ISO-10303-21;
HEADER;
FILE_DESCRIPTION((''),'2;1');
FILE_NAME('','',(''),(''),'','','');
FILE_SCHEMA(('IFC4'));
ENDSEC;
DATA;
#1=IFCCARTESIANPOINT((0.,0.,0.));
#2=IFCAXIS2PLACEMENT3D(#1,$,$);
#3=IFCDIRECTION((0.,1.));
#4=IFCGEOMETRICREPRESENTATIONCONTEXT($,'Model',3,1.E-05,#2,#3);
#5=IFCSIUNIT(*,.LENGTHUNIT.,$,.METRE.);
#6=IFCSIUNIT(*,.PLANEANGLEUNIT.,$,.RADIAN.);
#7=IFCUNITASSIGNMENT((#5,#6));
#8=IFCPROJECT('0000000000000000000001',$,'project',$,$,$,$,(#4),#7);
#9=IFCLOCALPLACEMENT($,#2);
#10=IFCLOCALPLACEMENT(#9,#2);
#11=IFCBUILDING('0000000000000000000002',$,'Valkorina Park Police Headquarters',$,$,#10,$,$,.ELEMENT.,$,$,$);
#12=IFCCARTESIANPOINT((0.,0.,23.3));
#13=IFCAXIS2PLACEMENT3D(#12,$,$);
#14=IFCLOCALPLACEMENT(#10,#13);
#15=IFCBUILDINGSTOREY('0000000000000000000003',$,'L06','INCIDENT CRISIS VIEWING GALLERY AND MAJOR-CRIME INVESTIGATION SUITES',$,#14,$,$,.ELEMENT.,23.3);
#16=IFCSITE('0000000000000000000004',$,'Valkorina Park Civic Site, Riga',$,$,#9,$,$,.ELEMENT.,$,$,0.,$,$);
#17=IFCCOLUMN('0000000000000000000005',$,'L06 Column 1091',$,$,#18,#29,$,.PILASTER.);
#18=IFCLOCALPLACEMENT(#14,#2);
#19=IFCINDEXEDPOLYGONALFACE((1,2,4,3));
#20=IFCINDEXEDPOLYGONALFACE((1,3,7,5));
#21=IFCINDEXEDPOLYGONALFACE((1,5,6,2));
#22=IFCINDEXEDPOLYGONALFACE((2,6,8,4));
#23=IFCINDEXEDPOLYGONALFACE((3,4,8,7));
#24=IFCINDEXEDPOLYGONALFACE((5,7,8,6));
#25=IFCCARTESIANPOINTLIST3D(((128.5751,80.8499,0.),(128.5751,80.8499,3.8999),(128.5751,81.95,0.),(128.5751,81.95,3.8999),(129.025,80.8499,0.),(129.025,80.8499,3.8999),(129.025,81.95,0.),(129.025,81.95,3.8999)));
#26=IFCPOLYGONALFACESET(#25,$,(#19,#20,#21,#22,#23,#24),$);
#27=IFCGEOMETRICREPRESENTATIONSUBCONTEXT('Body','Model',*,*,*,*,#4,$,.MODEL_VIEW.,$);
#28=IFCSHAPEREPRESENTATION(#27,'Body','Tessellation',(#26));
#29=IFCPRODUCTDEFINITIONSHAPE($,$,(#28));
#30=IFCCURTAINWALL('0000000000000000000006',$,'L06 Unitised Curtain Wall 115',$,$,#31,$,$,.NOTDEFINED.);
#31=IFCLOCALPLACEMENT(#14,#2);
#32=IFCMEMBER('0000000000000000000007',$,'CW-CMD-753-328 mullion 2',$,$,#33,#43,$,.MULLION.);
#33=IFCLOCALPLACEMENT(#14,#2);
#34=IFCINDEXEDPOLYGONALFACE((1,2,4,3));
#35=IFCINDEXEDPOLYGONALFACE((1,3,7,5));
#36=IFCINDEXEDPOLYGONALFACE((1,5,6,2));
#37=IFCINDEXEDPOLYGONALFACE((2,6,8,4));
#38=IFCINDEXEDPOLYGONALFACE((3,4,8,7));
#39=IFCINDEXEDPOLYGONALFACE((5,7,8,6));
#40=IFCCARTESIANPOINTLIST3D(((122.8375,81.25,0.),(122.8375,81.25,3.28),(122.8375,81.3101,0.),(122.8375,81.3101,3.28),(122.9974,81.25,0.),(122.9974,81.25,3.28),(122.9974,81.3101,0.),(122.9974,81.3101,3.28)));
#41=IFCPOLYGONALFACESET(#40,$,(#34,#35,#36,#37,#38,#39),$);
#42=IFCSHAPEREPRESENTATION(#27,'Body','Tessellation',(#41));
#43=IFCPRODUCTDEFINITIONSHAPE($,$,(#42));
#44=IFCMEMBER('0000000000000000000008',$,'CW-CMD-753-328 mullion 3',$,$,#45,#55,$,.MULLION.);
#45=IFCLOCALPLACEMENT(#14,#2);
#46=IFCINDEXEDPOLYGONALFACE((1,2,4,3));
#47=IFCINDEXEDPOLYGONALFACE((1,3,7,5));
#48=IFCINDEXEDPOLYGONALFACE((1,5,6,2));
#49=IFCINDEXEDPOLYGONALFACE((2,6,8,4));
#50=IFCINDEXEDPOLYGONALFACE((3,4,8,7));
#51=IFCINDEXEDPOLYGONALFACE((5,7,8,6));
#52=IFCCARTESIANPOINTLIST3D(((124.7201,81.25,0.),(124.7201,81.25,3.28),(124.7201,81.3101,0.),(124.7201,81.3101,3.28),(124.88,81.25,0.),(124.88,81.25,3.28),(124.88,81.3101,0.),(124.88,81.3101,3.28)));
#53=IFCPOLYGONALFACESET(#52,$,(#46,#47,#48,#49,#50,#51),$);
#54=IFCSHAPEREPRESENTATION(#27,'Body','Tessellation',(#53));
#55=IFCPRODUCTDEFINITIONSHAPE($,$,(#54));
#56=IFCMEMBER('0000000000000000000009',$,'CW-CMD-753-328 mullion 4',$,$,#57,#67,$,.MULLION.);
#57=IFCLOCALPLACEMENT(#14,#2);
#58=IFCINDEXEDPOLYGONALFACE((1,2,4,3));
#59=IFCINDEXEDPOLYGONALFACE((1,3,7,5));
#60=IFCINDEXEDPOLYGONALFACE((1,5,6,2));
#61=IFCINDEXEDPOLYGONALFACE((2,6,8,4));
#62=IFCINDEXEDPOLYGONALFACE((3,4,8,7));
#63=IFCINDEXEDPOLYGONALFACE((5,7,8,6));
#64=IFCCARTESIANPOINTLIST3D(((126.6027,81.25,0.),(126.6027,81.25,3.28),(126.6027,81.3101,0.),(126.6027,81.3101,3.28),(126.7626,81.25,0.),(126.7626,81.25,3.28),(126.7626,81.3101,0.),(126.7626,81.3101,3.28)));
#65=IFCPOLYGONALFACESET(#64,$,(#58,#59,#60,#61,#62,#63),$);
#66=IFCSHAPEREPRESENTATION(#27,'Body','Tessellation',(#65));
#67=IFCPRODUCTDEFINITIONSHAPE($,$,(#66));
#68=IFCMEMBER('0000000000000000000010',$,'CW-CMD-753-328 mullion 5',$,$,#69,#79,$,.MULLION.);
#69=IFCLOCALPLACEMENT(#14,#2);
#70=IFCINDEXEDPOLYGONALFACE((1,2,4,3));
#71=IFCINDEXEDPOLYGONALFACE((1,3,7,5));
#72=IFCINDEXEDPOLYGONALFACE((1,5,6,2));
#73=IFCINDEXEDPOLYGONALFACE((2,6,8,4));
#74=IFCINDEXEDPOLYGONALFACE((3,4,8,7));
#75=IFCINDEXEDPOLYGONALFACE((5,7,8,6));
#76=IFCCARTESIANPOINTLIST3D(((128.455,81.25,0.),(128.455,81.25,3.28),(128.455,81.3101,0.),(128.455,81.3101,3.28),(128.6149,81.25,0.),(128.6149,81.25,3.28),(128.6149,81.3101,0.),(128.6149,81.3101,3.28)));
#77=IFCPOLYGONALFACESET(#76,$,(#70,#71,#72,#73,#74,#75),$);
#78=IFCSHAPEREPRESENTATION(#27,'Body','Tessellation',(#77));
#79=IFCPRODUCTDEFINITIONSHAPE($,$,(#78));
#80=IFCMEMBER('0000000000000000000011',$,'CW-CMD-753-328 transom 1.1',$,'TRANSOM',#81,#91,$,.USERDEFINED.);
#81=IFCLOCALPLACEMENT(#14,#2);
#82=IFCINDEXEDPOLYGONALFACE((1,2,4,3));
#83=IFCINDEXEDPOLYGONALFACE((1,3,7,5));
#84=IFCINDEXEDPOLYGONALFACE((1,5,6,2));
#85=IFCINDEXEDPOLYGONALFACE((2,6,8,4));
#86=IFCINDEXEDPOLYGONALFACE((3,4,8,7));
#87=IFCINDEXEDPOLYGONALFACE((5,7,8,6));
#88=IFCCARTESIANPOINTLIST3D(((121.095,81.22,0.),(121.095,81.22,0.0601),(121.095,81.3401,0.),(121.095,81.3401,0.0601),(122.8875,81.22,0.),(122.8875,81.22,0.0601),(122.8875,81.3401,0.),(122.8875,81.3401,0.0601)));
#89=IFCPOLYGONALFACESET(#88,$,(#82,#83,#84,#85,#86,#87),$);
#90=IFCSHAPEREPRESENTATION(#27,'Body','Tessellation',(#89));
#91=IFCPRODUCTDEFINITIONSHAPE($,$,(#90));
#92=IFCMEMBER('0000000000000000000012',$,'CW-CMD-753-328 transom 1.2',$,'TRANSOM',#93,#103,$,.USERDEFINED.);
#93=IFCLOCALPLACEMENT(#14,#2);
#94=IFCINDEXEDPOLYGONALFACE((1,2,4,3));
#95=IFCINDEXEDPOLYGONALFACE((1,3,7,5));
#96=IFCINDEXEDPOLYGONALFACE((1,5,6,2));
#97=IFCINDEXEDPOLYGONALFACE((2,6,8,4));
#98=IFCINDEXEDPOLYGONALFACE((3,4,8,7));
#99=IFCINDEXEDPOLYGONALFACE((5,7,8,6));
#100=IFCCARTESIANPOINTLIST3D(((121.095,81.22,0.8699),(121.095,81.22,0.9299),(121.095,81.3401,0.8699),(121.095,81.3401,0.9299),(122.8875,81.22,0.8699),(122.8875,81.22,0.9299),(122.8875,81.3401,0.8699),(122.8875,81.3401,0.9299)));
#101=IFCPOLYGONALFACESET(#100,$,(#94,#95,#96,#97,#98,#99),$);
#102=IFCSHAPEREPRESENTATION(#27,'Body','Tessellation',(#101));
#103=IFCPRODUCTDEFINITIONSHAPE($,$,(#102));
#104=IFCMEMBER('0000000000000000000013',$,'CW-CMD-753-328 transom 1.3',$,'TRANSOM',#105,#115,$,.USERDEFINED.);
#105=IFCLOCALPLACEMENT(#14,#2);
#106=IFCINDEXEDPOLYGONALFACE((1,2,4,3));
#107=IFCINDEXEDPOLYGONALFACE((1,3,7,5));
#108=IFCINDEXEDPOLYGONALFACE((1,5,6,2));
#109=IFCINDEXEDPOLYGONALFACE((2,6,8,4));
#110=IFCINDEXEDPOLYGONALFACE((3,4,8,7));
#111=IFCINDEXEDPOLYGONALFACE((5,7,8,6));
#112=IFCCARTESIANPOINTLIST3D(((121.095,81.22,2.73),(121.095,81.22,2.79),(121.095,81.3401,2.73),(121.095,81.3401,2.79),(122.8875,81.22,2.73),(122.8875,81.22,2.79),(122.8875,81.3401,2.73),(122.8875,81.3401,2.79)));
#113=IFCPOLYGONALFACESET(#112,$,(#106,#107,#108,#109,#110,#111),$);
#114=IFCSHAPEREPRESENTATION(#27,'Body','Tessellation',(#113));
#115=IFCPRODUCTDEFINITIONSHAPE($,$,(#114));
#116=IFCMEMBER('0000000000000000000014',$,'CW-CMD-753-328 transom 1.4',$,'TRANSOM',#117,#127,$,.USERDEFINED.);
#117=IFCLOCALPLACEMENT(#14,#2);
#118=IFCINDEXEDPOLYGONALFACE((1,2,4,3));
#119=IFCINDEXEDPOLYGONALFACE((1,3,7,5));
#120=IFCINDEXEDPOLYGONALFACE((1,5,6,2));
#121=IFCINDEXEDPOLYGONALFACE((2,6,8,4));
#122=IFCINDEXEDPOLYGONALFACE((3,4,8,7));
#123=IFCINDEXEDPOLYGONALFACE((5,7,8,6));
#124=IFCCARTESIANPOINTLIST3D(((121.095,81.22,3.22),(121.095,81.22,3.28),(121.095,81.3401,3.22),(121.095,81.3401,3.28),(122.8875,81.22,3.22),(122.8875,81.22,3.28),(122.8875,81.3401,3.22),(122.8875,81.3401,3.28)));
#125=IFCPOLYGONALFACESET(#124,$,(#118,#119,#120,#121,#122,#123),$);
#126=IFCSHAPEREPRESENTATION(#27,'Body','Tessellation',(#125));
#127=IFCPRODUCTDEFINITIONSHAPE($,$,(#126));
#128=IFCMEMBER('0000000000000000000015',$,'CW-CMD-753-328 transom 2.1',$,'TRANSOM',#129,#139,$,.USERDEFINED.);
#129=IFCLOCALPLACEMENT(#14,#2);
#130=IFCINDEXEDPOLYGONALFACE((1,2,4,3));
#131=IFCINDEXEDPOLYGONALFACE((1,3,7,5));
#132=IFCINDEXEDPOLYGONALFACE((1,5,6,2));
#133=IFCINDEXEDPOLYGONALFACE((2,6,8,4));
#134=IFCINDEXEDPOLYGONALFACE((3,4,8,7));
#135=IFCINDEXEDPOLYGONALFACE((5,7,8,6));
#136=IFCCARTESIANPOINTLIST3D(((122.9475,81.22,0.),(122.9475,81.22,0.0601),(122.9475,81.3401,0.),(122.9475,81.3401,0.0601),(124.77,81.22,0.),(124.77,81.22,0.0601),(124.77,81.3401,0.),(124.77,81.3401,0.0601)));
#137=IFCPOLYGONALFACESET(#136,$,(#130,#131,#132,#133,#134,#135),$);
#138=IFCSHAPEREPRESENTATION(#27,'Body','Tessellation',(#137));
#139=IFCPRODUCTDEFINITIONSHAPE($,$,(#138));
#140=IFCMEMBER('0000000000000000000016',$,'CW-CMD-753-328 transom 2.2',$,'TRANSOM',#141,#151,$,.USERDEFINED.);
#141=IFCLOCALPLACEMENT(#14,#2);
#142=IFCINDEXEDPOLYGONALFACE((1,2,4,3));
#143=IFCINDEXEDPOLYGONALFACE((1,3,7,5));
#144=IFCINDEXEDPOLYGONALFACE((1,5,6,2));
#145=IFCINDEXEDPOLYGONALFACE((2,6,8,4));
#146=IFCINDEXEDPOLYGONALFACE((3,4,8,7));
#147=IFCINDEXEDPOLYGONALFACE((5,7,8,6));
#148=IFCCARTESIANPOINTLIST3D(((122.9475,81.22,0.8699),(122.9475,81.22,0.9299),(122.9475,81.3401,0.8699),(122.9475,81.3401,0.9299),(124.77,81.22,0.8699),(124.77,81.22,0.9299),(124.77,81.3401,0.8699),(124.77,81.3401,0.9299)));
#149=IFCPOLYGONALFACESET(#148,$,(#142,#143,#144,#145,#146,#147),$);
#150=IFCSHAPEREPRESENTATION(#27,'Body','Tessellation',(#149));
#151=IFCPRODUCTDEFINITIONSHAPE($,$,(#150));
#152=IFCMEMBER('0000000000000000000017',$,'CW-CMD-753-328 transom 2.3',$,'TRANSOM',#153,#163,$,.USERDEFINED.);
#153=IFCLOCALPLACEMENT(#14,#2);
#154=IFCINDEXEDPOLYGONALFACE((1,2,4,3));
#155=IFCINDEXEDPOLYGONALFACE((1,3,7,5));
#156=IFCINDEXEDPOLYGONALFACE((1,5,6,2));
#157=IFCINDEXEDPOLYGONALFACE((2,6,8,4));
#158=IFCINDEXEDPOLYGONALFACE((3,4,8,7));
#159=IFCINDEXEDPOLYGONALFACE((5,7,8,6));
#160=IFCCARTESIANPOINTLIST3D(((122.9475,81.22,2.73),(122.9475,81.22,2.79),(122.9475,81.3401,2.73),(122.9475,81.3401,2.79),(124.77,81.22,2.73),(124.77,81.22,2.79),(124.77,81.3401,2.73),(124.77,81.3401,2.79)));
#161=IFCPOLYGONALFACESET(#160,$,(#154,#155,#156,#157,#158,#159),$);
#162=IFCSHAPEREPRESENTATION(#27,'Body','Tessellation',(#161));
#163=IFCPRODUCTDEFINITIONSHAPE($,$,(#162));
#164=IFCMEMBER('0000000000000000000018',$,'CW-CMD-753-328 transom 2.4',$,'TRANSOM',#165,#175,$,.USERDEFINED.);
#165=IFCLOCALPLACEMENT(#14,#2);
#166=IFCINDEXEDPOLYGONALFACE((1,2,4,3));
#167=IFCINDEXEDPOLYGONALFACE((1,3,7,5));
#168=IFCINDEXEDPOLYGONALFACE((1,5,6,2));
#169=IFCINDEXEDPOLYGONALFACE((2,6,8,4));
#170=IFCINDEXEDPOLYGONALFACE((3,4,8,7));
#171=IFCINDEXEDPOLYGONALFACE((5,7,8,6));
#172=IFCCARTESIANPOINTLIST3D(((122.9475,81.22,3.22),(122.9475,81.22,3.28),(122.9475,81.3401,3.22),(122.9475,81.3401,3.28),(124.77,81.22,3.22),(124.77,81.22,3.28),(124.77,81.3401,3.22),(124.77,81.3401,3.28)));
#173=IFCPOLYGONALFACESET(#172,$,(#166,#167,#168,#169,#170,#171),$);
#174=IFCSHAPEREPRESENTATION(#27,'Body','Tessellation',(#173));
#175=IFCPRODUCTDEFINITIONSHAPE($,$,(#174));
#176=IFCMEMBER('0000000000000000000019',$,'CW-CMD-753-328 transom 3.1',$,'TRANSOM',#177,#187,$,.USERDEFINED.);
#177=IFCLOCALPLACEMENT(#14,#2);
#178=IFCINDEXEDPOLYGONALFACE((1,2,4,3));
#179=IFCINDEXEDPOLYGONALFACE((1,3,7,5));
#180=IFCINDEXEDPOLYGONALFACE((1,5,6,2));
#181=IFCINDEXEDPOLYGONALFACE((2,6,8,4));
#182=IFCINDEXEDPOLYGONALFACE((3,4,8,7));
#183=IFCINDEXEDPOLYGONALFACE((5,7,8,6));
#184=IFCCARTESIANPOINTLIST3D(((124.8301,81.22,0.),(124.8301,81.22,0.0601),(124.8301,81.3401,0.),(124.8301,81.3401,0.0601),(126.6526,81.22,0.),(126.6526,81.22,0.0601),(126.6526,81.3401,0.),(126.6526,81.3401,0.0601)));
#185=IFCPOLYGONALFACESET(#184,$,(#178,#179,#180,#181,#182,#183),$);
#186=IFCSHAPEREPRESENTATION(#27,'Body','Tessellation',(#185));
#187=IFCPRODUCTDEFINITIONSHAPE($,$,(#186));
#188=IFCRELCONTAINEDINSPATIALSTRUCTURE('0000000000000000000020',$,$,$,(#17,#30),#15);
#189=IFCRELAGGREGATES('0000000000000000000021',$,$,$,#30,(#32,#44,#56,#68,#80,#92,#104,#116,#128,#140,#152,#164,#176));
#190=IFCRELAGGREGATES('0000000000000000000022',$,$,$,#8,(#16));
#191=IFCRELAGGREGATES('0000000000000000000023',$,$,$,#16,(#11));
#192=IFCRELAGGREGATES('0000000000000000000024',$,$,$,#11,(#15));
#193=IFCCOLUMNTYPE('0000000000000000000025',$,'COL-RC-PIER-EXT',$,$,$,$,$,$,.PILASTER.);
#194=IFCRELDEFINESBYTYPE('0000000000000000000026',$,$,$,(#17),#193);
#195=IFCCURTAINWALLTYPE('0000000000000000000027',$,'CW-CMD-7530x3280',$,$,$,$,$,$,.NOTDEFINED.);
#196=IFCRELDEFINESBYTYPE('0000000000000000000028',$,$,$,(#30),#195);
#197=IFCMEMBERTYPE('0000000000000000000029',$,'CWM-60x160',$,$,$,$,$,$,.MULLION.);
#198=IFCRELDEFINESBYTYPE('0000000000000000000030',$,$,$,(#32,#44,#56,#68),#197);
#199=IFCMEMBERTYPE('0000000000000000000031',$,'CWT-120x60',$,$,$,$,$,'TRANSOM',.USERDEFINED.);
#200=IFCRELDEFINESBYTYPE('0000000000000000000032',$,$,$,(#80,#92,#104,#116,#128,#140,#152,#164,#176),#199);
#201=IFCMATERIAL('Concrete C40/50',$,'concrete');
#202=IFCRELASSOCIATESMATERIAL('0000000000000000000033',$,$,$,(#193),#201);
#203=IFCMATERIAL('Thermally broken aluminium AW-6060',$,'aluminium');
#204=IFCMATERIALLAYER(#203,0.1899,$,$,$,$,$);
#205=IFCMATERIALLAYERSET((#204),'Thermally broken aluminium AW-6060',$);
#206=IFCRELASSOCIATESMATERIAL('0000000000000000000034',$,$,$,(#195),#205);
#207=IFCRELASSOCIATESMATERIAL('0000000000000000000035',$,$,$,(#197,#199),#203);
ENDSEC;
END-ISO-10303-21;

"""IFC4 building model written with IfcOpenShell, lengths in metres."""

from ifc_helpers import new_model, si_unit, direction, frame, origin, origin_2d, place, context, subcontext, project, spatial, rectangle, extrude, material, layer, layer_set, material_profile, profile_set, type_object, element, aggregate, save


model = new_model("IFC4")

# Units and contexts
model_context = context("Model", 3, precision=1e-05, world=origin(), true_north=direction((0.0, 1.0)))
body_context = subcontext(model_context, "Body", "Model", "MODEL_VIEW")
ifc_project = project(units=[si_unit("LENGTHUNIT", "METRE"), si_unit("PLANEANGLEUNIT", "RADIAN")], contexts=[model_context])

# Site, building, storey
site_placement = place(None, origin())
site = spatial("IfcSite", under=ifc_project, at=site_placement, Name="Valkorina Park Civic Site, Riga", CompositionType="ELEMENT", RefElevation=0.0)
building_placement = place(site_placement, origin())
building = spatial("IfcBuilding", under=site, at=building_placement, Name="Valkorina Park Police Headquarters", CompositionType="ELEMENT")
storey_placement = place(building_placement, frame((0.0, 0.0, 23.3)))
storey = spatial("IfcBuildingStorey", under=building, at=storey_placement, Name="L06", Description="INCIDENT CRISIS VIEWING GALLERY AND MAJOR-CRIME INVESTIGATION SUITES", CompositionType="ELEMENT", Elevation=23.3)

# Column
ifc_material_1 = material(Name="Concrete C40/50", Category="concrete")
ifc_material_profile_1 = material_profile(ifc_material_1, rectangle(XDim=0.45, YDim=1.1001, at=origin_2d()), Name="RC PIER 450x1100")
ifc_profile_set_1 = profile_set([ifc_material_profile_1], Name="Concrete C40/50")
column_type = type_object("IfcColumnType", Name="COL-RC-PIER-EXT", PredefinedType="PILASTER", material=ifc_profile_set_1)
column_placement = place(storey_placement, frame((128.8, 81.3999, 0.0), z_axis=(0.0, 0.0, 1.0), x_axis=(1.0, 0.0, 0.0)))
element("IfcColumn", 1, at=column_placement, inside=storey, type_object=column_type, Name="L06 Column 1091", PredefinedType="PILASTER", context=body_context, shape_type="SweptSolid", body=[
    extrude(rectangle(XDim=0.45, YDim=1.1001, at=origin_2d()), origin(), (0.0, 0.0, 1.0), 3.8999),
])

# Curtain wall, members
ifc_material_2 = material(Name="Thermally broken aluminium AW-6060", Category="aluminium")
ifc_layer_1 = layer(ifc_material_2, 0.1899)
ifc_layer_set_1 = layer_set([ifc_layer_1], Name="Thermally broken aluminium AW-6060")
curtain_wall_type = type_object("IfcCurtainWallType", Name="CW-CMD-7530x3280", PredefinedType="NOTDEFINED", material=ifc_layer_set_1)
curtain_wall_placement = place(storey_placement, origin())
curtain_wall = element("IfcCurtainWall", 2, at=curtain_wall_placement, inside=storey, type_object=curtain_wall_type, Name="L06 Unitised Curtain Wall 115", PredefinedType="NOTDEFINED")
ifc_material_profile_2 = material_profile(ifc_material_2, rectangle(XDim=0.0601, YDim=0.1599, at=origin_2d()), Name="CWM-01 60x160")
ifc_profile_set_2 = profile_set([ifc_material_profile_2], Name="Thermally broken aluminium AW-6060")
member_type_1 = type_object("IfcMemberType", Name="CWM-60x160", PredefinedType="MULLION", material=ifc_profile_set_2)
member_1_placement = place(storey_placement, frame((122.9175, 81.28, 0.0), z_axis=(0.0, 0.0, 1.0), x_axis=(0.0, 1.0, 0.0)))
member_1 = element("IfcMember", 3, at=member_1_placement, type_object=member_type_1, Name="CW-CMD-753-328 mullion 2", PredefinedType="MULLION", context=body_context, shape_type="SweptSolid", body=[
    extrude(rectangle(XDim=0.0601, YDim=0.1599, at=origin_2d()), origin(), (0.0, 0.0, 1.0), 3.28),
])
member_2_placement = place(storey_placement, frame((124.8, 81.28, 0.0), z_axis=(0.0, 0.0, 1.0), x_axis=(0.0, 1.0, 0.0)))
member_2 = element("IfcMember", 4, at=member_2_placement, type_object=member_type_1, Name="CW-CMD-753-328 mullion 3", PredefinedType="MULLION", context=body_context, shape_type="SweptSolid", body=[
    extrude(rectangle(XDim=0.0601, YDim=0.1599, at=origin_2d()), origin(), (0.0, 0.0, 1.0), 3.28),
])
member_3_placement = place(storey_placement, frame((126.6826, 81.28, 0.0), z_axis=(0.0, 0.0, 1.0), x_axis=(0.0, 1.0, 0.0)))
member_3 = element("IfcMember", 5, at=member_3_placement, type_object=member_type_1, Name="CW-CMD-753-328 mullion 4", PredefinedType="MULLION", context=body_context, shape_type="SweptSolid", body=[
    extrude(rectangle(XDim=0.0601, YDim=0.1599, at=origin_2d()), origin(), (0.0, 0.0, 1.0), 3.28),
])
member_4_placement = place(storey_placement, frame((128.5349, 81.28, 0.0), z_axis=(0.0, 0.0, 1.0), x_axis=(0.0, 1.0, 0.0)))
member_4 = element("IfcMember", 6, at=member_4_placement, type_object=member_type_1, Name="CW-CMD-753-328 mullion 5", PredefinedType="MULLION", context=body_context, shape_type="SweptSolid", body=[
    extrude(rectangle(XDim=0.0601, YDim=0.1599, at=origin_2d()), origin(), (0.0, 0.0, 1.0), 3.28),
])
ifc_material_profile_3 = material_profile(ifc_material_2, rectangle(XDim=0.1201, YDim=0.0601, at=origin_2d()), Name="CWT-01 120x60")
ifc_profile_set_3 = profile_set([ifc_material_profile_3], Name="Thermally broken aluminium AW-6060")
member_type_2 = type_object("IfcMemberType", Name="CWT-120x60", ElementType="TRANSOM", PredefinedType="USERDEFINED", material=ifc_profile_set_3)
member_5_placement = place(storey_placement, frame((121.095, 81.28, 0.03), z_axis=(1.0, 0.0, 0.0), x_axis=(0.0, 1.0, 0.0)))
member_5 = element("IfcMember", 7, at=member_5_placement, type_object=member_type_2, Name="CW-CMD-753-328 transom 1.1", ObjectType="TRANSOM", PredefinedType="USERDEFINED", context=body_context, shape_type="SweptSolid", body=[
    extrude(rectangle(XDim=0.1201, YDim=0.0601, at=origin_2d()), origin(), (0.0, 0.0, 1.0), 1.7925),
])
member_6_placement = place(storey_placement, frame((121.095, 81.28, 0.8999), z_axis=(1.0, 0.0, 0.0), x_axis=(0.0, 1.0, 0.0)))
member_6 = element("IfcMember", 8, at=member_6_placement, type_object=member_type_2, Name="CW-CMD-753-328 transom 1.2", ObjectType="TRANSOM", PredefinedType="USERDEFINED", context=body_context, shape_type="SweptSolid", body=[
    extrude(rectangle(XDim=0.1201, YDim=0.0601, at=origin_2d()), origin(), (0.0, 0.0, 1.0), 1.7925),
])
member_7_placement = place(storey_placement, frame((121.095, 81.28, 2.76), z_axis=(1.0, 0.0, 0.0), x_axis=(0.0, 1.0, 0.0)))
member_7 = element("IfcMember", 9, at=member_7_placement, type_object=member_type_2, Name="CW-CMD-753-328 transom 1.3", ObjectType="TRANSOM", PredefinedType="USERDEFINED", context=body_context, shape_type="SweptSolid", body=[
    extrude(rectangle(XDim=0.1201, YDim=0.0601, at=origin_2d()), origin(), (0.0, 0.0, 1.0), 1.7925),
])
member_8_placement = place(storey_placement, frame((121.095, 81.28, 3.25), z_axis=(1.0, 0.0, 0.0), x_axis=(0.0, 1.0, 0.0)))
member_8 = element("IfcMember", 10, at=member_8_placement, type_object=member_type_2, Name="CW-CMD-753-328 transom 1.4", ObjectType="TRANSOM", PredefinedType="USERDEFINED", context=body_context, shape_type="SweptSolid", body=[
    extrude(rectangle(XDim=0.1201, YDim=0.0601, at=origin_2d()), origin(), (0.0, 0.0, 1.0), 1.7925),
])
member_9_placement = place(storey_placement, frame((122.9475, 81.28, 0.03), z_axis=(1.0, 0.0, 0.0), x_axis=(0.0, 1.0, 0.0)))
member_9 = element("IfcMember", 11, at=member_9_placement, type_object=member_type_2, Name="CW-CMD-753-328 transom 2.1", ObjectType="TRANSOM", PredefinedType="USERDEFINED", context=body_context, shape_type="SweptSolid", body=[
    extrude(rectangle(XDim=0.1201, YDim=0.0601, at=origin_2d()), origin(), (0.0, 0.0, 1.0), 1.8225),
])
member_10_placement = place(storey_placement, frame((122.9475, 81.28, 0.8999), z_axis=(1.0, 0.0, 0.0), x_axis=(0.0, 1.0, 0.0)))
member_10 = element("IfcMember", 12, at=member_10_placement, type_object=member_type_2, Name="CW-CMD-753-328 transom 2.2", ObjectType="TRANSOM", PredefinedType="USERDEFINED", context=body_context, shape_type="SweptSolid", body=[
    extrude(rectangle(XDim=0.1201, YDim=0.0601, at=origin_2d()), origin(), (0.0, 0.0, 1.0), 1.8225),
])
member_11_placement = place(storey_placement, frame((122.9475, 81.28, 2.76), z_axis=(1.0, 0.0, 0.0), x_axis=(0.0, 1.0, 0.0)))
member_11 = element("IfcMember", 13, at=member_11_placement, type_object=member_type_2, Name="CW-CMD-753-328 transom 2.3", ObjectType="TRANSOM", PredefinedType="USERDEFINED", context=body_context, shape_type="SweptSolid", body=[
    extrude(rectangle(XDim=0.1201, YDim=0.0601, at=origin_2d()), origin(), (0.0, 0.0, 1.0), 1.8225),
])
member_12_placement = place(storey_placement, frame((122.9475, 81.28, 3.25), z_axis=(1.0, 0.0, 0.0), x_axis=(0.0, 1.0, 0.0)))
member_12 = element("IfcMember", 14, at=member_12_placement, type_object=member_type_2, Name="CW-CMD-753-328 transom 2.4", ObjectType="TRANSOM", PredefinedType="USERDEFINED", context=body_context, shape_type="SweptSolid", body=[
    extrude(rectangle(XDim=0.1201, YDim=0.0601, at=origin_2d()), origin(), (0.0, 0.0, 1.0), 1.8225),
])
member_13_placement = place(storey_placement, frame((124.8301, 81.28, 0.03), z_axis=(1.0, 0.0, 0.0), x_axis=(0.0, 1.0, 0.0)))
member_13 = element("IfcMember", 15, at=member_13_placement, type_object=member_type_2, Name="CW-CMD-753-328 transom 3.1", ObjectType="TRANSOM", PredefinedType="USERDEFINED", context=body_context, shape_type="SweptSolid", body=[
    extrude(rectangle(XDim=0.1201, YDim=0.0601, at=origin_2d()), origin(), (0.0, 0.0, 1.0), 1.8225),
])
aggregate(curtain_wall, [member_1, member_2, member_3, member_4, member_5, member_6, member_7, member_8, member_9, member_10, member_11, member_12, member_13])

save(model, "model.ifc")
